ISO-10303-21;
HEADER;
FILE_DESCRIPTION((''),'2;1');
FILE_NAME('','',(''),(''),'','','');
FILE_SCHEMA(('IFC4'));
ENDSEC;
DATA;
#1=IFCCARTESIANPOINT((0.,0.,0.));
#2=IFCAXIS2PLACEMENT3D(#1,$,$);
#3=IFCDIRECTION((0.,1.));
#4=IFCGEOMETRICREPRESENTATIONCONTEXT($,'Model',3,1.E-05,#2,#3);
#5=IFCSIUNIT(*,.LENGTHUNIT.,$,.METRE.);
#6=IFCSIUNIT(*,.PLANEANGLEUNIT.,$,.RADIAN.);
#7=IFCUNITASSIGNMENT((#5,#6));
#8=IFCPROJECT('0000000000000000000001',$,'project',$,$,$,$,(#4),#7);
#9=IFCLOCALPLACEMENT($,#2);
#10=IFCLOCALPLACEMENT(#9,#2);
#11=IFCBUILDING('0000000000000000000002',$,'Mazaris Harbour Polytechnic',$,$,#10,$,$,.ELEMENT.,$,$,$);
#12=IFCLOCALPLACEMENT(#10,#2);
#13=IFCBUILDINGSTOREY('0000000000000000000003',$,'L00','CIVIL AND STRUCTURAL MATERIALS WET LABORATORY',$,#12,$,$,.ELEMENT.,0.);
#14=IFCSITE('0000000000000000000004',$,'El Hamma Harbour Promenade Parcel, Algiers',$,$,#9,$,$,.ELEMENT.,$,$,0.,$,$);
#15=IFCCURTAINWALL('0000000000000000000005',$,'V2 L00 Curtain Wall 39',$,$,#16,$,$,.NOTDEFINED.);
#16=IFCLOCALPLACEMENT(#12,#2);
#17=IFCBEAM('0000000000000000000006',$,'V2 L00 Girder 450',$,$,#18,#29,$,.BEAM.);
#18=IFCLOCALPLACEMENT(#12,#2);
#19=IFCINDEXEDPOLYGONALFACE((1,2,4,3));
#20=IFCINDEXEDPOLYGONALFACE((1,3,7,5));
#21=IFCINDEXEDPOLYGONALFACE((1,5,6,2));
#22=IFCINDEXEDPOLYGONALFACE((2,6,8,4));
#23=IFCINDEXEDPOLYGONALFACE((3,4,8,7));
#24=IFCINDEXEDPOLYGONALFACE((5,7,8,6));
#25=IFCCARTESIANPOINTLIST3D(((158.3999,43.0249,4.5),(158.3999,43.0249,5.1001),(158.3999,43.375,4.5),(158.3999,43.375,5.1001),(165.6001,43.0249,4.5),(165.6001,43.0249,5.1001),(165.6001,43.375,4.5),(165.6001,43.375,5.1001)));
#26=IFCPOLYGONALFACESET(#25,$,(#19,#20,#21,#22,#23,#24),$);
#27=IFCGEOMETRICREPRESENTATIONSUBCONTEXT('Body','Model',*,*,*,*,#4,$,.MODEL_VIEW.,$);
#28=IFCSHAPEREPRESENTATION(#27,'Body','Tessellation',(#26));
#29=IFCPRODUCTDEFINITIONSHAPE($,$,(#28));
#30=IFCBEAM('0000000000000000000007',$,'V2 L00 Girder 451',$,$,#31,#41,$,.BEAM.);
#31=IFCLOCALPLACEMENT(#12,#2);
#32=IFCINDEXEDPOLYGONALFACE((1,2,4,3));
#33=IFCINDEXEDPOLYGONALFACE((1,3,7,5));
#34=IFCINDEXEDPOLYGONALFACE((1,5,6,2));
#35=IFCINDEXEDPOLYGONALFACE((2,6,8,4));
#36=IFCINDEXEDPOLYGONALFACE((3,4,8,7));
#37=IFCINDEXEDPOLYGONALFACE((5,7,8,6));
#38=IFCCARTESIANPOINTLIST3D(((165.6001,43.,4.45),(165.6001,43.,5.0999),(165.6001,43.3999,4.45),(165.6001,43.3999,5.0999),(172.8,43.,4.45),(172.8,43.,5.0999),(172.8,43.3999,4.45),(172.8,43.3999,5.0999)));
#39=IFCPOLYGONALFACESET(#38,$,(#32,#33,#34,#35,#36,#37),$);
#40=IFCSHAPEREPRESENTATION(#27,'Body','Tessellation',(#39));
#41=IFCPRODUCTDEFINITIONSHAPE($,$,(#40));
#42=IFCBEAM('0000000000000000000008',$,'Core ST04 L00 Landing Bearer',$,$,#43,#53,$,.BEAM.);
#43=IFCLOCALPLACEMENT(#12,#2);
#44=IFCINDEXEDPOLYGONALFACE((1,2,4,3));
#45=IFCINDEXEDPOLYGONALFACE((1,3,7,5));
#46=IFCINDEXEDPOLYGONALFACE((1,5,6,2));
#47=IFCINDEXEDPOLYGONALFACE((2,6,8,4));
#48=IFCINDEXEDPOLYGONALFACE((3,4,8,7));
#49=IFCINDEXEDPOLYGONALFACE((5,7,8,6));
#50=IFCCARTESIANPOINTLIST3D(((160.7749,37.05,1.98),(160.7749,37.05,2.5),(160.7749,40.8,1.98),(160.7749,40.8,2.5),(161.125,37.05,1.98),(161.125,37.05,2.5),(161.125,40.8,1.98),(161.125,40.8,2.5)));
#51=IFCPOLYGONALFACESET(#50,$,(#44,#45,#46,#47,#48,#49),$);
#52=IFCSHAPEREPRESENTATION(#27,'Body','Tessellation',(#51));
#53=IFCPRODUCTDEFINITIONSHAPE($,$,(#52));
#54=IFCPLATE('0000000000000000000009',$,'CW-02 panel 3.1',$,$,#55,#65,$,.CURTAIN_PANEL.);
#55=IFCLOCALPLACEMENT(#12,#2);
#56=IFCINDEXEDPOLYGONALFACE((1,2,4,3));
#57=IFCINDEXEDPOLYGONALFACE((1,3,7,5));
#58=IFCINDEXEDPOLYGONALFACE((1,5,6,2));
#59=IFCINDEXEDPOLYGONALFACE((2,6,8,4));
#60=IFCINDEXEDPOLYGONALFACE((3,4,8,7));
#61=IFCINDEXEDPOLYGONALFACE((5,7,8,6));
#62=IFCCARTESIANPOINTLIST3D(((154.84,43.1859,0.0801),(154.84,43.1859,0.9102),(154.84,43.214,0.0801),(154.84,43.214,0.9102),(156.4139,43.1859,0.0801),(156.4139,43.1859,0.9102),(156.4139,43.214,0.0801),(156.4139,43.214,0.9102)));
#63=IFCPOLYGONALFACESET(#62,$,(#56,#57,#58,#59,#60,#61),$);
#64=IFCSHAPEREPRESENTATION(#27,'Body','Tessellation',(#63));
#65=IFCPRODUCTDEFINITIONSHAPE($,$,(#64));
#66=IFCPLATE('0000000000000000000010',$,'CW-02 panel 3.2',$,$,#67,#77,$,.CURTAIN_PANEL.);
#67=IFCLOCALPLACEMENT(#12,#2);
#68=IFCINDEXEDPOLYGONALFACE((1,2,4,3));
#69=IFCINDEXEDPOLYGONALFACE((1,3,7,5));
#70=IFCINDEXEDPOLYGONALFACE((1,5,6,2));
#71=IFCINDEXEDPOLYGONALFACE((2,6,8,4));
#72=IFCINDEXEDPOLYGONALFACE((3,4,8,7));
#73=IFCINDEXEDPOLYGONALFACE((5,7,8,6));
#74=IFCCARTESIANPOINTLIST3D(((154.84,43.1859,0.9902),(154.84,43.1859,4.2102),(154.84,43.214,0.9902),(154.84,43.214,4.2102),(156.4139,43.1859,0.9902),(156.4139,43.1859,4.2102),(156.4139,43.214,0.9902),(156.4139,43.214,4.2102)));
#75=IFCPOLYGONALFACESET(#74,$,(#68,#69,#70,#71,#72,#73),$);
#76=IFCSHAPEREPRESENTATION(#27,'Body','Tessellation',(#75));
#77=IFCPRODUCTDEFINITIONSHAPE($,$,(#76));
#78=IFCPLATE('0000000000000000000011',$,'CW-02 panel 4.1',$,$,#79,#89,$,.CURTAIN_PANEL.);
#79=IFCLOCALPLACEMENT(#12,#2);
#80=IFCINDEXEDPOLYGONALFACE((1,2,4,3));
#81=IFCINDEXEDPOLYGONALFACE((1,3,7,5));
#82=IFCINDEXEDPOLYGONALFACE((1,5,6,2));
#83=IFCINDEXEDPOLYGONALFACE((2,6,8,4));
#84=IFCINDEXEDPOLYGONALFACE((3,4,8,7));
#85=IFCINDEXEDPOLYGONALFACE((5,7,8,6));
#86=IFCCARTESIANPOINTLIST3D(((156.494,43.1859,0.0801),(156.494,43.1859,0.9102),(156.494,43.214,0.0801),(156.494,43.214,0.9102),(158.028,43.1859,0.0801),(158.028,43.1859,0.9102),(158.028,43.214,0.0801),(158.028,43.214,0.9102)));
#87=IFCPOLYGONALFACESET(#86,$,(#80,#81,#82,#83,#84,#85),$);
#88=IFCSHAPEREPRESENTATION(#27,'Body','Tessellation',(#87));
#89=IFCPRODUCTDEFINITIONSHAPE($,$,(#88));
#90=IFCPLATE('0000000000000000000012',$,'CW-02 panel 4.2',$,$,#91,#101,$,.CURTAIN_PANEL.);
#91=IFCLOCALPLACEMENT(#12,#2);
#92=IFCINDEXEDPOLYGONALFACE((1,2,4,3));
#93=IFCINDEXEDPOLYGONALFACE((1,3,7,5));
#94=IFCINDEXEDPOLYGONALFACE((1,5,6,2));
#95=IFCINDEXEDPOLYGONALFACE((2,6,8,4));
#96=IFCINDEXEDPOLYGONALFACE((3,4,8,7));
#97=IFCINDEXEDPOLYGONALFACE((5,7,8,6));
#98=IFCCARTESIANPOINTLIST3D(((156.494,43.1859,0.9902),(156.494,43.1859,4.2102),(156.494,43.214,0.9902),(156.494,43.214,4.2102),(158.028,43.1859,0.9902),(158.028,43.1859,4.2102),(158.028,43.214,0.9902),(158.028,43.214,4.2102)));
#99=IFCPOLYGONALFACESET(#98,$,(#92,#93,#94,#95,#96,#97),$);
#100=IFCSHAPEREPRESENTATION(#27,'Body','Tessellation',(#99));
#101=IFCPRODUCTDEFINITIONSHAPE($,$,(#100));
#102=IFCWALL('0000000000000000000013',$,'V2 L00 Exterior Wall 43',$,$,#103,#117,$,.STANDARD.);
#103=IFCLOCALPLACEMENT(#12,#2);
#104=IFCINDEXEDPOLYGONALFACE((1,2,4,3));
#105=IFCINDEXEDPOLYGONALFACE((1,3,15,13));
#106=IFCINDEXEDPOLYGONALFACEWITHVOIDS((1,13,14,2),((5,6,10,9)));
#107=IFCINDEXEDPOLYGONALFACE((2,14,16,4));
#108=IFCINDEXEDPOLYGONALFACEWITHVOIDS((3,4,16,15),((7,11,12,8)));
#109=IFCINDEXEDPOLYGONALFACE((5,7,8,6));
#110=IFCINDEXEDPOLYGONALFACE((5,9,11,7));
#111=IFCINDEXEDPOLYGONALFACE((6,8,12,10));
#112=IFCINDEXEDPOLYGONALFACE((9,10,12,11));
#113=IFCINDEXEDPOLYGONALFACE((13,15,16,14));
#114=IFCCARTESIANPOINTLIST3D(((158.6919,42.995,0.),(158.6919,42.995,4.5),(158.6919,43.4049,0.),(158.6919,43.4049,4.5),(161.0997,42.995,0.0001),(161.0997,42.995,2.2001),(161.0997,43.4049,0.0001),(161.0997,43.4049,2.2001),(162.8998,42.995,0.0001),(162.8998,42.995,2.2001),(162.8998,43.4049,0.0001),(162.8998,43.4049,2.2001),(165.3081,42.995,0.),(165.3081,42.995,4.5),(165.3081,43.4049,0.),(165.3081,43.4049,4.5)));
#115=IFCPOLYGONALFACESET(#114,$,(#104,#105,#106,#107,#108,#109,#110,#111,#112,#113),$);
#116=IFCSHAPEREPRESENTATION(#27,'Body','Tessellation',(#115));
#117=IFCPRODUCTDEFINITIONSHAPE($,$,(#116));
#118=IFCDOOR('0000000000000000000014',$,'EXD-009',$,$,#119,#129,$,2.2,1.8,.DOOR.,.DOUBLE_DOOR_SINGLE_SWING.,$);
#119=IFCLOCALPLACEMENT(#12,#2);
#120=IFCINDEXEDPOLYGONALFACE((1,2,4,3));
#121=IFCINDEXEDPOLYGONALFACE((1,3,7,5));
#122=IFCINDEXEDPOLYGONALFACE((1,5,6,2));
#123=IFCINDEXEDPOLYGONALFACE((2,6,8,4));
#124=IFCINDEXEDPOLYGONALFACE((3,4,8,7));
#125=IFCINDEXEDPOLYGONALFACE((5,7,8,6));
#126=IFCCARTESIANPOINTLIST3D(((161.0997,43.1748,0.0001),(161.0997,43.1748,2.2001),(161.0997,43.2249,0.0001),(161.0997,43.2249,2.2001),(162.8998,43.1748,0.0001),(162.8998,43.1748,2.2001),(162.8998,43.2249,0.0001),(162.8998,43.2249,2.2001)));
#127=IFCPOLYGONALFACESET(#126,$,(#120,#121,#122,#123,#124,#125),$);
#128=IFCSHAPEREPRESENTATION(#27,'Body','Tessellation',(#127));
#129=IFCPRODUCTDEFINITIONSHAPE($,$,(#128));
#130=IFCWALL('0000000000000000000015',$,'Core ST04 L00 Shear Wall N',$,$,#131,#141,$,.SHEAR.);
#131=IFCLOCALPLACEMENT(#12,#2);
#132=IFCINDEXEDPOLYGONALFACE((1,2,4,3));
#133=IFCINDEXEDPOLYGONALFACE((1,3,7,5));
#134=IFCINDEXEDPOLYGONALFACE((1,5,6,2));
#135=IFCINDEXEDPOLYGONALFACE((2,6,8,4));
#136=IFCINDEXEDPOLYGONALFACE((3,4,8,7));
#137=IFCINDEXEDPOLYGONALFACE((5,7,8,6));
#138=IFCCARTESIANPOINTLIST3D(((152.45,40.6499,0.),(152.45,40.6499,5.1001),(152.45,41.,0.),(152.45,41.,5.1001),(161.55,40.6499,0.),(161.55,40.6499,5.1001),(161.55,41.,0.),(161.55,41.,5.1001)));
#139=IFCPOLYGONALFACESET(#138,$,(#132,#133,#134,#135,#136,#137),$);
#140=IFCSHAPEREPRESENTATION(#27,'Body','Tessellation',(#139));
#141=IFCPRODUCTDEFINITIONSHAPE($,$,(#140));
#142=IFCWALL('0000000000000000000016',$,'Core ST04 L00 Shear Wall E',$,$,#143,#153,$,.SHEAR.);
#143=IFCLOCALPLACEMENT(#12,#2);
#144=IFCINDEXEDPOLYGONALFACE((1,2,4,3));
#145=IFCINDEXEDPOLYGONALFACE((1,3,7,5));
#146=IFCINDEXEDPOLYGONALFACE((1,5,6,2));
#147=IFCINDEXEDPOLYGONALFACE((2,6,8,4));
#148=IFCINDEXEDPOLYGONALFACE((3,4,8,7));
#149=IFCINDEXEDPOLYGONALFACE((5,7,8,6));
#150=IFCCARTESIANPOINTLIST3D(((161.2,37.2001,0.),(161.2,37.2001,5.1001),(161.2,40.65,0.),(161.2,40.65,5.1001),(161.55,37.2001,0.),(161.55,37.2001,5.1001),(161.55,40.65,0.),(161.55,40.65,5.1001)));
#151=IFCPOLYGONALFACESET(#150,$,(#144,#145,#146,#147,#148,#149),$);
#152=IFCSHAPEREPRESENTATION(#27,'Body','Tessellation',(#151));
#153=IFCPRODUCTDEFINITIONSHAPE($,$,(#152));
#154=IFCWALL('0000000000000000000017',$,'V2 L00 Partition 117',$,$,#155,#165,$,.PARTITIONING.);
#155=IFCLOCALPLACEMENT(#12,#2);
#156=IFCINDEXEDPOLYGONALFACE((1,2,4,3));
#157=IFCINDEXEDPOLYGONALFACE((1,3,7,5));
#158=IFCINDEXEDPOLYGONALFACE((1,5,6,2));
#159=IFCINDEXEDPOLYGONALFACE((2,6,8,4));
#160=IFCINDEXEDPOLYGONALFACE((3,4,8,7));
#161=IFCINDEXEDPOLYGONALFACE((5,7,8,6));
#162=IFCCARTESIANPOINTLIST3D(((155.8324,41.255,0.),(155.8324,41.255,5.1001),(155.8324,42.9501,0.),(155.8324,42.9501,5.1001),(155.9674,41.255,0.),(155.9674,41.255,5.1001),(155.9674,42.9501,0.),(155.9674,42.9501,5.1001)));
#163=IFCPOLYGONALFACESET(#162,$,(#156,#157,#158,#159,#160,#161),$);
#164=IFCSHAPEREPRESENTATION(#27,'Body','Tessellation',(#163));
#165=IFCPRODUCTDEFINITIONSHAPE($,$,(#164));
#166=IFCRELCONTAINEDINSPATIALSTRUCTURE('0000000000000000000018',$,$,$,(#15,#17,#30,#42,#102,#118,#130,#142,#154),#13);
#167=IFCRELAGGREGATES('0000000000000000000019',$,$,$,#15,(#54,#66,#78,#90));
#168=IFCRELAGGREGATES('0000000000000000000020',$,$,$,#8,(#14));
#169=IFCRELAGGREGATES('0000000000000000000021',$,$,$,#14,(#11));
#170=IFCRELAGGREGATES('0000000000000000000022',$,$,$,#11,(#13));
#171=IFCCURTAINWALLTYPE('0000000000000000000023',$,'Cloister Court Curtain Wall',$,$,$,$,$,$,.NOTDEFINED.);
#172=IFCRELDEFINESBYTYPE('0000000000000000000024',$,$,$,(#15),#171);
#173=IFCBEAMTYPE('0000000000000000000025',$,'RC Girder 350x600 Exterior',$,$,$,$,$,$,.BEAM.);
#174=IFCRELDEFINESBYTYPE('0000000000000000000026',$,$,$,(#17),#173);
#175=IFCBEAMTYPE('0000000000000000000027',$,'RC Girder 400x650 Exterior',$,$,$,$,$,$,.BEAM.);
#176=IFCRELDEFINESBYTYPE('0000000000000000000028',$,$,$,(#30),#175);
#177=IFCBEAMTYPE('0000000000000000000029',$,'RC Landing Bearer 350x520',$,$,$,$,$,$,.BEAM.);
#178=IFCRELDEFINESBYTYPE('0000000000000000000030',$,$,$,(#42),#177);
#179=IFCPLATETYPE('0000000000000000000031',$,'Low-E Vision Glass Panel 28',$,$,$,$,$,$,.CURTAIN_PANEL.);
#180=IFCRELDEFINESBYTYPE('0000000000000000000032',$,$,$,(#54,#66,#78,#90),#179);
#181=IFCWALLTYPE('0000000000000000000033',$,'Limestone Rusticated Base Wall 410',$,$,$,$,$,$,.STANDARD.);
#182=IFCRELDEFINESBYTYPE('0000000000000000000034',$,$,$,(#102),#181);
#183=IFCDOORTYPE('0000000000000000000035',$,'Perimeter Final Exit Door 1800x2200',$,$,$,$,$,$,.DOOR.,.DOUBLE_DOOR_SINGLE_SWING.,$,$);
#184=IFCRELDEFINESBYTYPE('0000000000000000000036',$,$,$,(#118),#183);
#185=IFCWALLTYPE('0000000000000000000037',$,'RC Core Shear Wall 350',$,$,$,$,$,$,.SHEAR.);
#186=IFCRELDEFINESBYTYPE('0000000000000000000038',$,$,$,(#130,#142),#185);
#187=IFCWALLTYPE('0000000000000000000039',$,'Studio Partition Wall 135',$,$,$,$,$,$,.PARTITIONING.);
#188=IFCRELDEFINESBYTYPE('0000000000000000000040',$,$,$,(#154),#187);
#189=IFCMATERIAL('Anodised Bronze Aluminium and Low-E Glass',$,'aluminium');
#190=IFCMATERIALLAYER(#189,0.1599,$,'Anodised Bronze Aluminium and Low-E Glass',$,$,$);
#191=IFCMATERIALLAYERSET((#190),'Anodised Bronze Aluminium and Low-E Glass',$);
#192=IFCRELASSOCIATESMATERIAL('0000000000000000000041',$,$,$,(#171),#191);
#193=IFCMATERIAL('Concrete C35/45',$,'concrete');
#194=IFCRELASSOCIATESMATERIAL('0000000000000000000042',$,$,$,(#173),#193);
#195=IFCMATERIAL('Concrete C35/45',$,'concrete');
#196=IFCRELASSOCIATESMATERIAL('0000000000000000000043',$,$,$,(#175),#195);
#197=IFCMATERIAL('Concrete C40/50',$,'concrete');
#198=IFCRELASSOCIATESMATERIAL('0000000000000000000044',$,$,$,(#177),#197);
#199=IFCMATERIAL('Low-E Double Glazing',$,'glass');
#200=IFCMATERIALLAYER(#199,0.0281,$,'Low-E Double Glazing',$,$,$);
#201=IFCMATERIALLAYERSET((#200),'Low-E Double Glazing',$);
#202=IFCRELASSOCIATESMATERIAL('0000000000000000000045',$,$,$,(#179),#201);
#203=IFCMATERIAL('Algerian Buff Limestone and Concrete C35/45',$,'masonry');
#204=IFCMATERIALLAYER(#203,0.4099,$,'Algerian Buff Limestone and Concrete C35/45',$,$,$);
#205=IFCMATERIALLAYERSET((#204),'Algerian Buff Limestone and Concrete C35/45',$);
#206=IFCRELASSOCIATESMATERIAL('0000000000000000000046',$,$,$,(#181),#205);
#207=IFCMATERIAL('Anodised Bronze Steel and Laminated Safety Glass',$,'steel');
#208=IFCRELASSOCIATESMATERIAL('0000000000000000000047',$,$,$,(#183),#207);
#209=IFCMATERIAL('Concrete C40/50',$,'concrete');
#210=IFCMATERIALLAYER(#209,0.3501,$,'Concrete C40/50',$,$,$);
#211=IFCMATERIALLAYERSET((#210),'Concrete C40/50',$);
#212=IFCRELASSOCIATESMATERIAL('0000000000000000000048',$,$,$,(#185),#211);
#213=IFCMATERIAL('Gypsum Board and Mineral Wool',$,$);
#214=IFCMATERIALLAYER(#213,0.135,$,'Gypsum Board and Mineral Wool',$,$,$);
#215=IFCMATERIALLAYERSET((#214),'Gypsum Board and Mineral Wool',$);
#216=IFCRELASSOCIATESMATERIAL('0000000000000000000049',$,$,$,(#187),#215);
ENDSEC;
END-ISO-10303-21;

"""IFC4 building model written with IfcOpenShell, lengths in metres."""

from ifc_helpers import new_model, si_unit, direction, frame, frame_2d, origin, origin_2d, place, context, subcontext, project, spatial, rectangle, extrude, material, layer, layer_set, material_profile, profile_set, type_object, element, fill, aggregate, save


model = new_model("IFC4")

# Units and contexts
model_context = context("Model", 3, precision=1e-05, world=origin(), true_north=direction((0.0, 1.0)))
body_context = subcontext(model_context, "Body", "Model", "MODEL_VIEW")
ifc_project = project(units=[si_unit("LENGTHUNIT", "METRE"), si_unit("PLANEANGLEUNIT", "RADIAN")], contexts=[model_context])

# Site, building, storey
site_placement = place(None, origin())
site = spatial("IfcSite", under=ifc_project, at=site_placement, Name="El Hamma Harbour Promenade Parcel, Algiers", CompositionType="ELEMENT", RefElevation=0.0)
building_placement = place(site_placement, origin())
building = spatial("IfcBuilding", under=site, at=building_placement, Name="Mazaris Harbour Polytechnic", CompositionType="ELEMENT")
storey_placement = place(building_placement, origin())
storey = spatial("IfcBuildingStorey", under=building, at=storey_placement, Name="L00", Description="CIVIL AND STRUCTURAL MATERIALS WET LABORATORY", CompositionType="ELEMENT", Elevation=0.0)

# Curtain wall
ifc_material_1 = material(Name="Anodised Bronze Aluminium and Low-E Glass", Category="aluminium")
ifc_layer_1 = layer(ifc_material_1, 0.1599, Name="Anodised Bronze Aluminium and Low-E Glass")
ifc_layer_set_1 = layer_set([ifc_layer_1], Name="Anodised Bronze Aluminium and Low-E Glass")
curtain_wall_type = type_object("IfcCurtainWallType", Name="Cloister Court Curtain Wall", PredefinedType="NOTDEFINED", material=ifc_layer_set_1)
curtain_wall_placement = place(storey_placement, origin())
curtain_wall = element("IfcCurtainWall", 1, at=curtain_wall_placement, inside=storey, type_object=curtain_wall_type, Name="V2 L00 Curtain Wall 39", PredefinedType="NOTDEFINED")

# Beams
ifc_material_2 = material(Name="Concrete C35/45", Category="concrete")
ifc_material_profile_1 = material_profile(ifc_material_2, rectangle(XDim=0.3501, YDim=0.6001, at=origin_2d()), Name="RECT350x600")
ifc_profile_set_1 = profile_set([ifc_material_profile_1], Name="Concrete C35/45")
beam_type_1 = type_object("IfcBeamType", Name="RC Girder 350x600 Exterior", PredefinedType="BEAM", material=ifc_profile_set_1)
beam_1_placement = place(storey_placement, frame((158.3999, 43.2, 4.8), z_axis=(1.0, 0.0, 0.0), x_axis=(0.0, 1.0, 0.0)))
element("IfcBeam", 2, at=beam_1_placement, inside=storey, type_object=beam_type_1, Name="V2 L00 Girder 450", PredefinedType="BEAM", context=body_context, shape_type="SweptSolid", body=[
    extrude(rectangle(XDim=0.3501, YDim=0.6001, at=origin_2d()), origin(), (0.0, 0.0, 1.0), 7.2002),
])
ifc_material_3 = material(Name="Concrete C35/45", Category="concrete")
ifc_material_profile_2 = material_profile(ifc_material_3, rectangle(XDim=0.3999, YDim=0.6499, at=origin_2d()), Name="RECT400x650")
ifc_profile_set_2 = profile_set([ifc_material_profile_2], Name="Concrete C35/45")
beam_type_2 = type_object("IfcBeamType", Name="RC Girder 400x650 Exterior", PredefinedType="BEAM", material=ifc_profile_set_2)
beam_2_placement = place(storey_placement, frame((165.6001, 43.2, 4.7749), z_axis=(1.0, 0.0, 0.0), x_axis=(0.0, 1.0, 0.0)))
element("IfcBeam", 3, at=beam_2_placement, inside=storey, type_object=beam_type_2, Name="V2 L00 Girder 451", PredefinedType="BEAM", context=body_context, shape_type="SweptSolid", body=[
    extrude(rectangle(XDim=0.3999, YDim=0.6499, at=origin_2d()), origin(), (0.0, 0.0, 1.0), 7.2),
])
ifc_material_4 = material(Name="Concrete C40/50", Category="concrete")
ifc_material_profile_3 = material_profile(ifc_material_4, rectangle(XDim=0.3501, YDim=0.52, at=origin_2d()), Name="RECT350x520")
ifc_profile_set_3 = profile_set([ifc_material_profile_3], Name="Concrete C40/50")
beam_type_3 = type_object("IfcBeamType", Name="RC Landing Bearer 350x520", PredefinedType="BEAM", material=ifc_profile_set_3)
beam_3_placement = place(storey_placement, frame((160.95, 37.05, 2.24), z_axis=(0.0, 1.0, 0.0), x_axis=(-1.0, 0.0, 0.0)))
element("IfcBeam", 4, at=beam_3_placement, inside=storey, type_object=beam_type_3, Name="Core ST04 L00 Landing Bearer", PredefinedType="BEAM", context=body_context, shape_type="SweptSolid", body=[
    extrude(rectangle(XDim=0.3501, YDim=0.52, at=origin_2d()), origin(), (0.0, 0.0, 1.0), 3.75),
])

# Plates
ifc_material_5 = material(Name="Low-E Double Glazing", Category="glass")
ifc_layer_2 = layer(ifc_material_5, 0.0281, Name="Low-E Double Glazing")
ifc_layer_set_2 = layer_set([ifc_layer_2], Name="Low-E Double Glazing")
plate_type = type_object("IfcPlateType", Name="Low-E Vision Glass Panel 28", PredefinedType="CURTAIN_PANEL", material=ifc_layer_set_2)
plate_1_placement = place(storey_placement, frame((155.627, 43.2, 0.0801), z_axis=(0.0, 0.0, 1.0), x_axis=(1.0, 0.0, 0.0)))
plate_1 = element("IfcPlate", 5, at=plate_1_placement, type_object=plate_type, Name="CW-02 panel 3.1", PredefinedType="CURTAIN_PANEL", context=body_context, shape_type="SweptSolid", body=[
    extrude(rectangle(XDim=1.574, YDim=0.0281, at=origin_2d()), origin(), (0.0, 0.0, 1.0), 0.8301),
])
plate_2_placement = place(storey_placement, frame((155.627, 43.2, 0.9902), z_axis=(0.0, 0.0, 1.0), x_axis=(1.0, 0.0, 0.0)))
plate_2 = element("IfcPlate", 6, at=plate_2_placement, type_object=plate_type, Name="CW-02 panel 3.2", PredefinedType="CURTAIN_PANEL", context=body_context, shape_type="SweptSolid", body=[
    extrude(rectangle(XDim=1.574, YDim=0.0281, at=origin_2d()), origin(), (0.0, 0.0, 1.0), 3.22),
])
plate_3_placement = place(storey_placement, frame((157.261, 43.2, 0.0801), z_axis=(0.0, 0.0, 1.0), x_axis=(1.0, 0.0, 0.0)))
plate_3 = element("IfcPlate", 7, at=plate_3_placement, type_object=plate_type, Name="CW-02 panel 4.1", PredefinedType="CURTAIN_PANEL", context=body_context, shape_type="SweptSolid", body=[
    extrude(rectangle(XDim=1.5339, YDim=0.0281, at=origin_2d()), origin(), (0.0, 0.0, 1.0), 0.8301),
])
plate_4_placement = place(storey_placement, frame((157.261, 43.2, 0.9902), z_axis=(0.0, 0.0, 1.0), x_axis=(1.0, 0.0, 0.0)))
plate_4 = element("IfcPlate", 8, at=plate_4_placement, type_object=plate_type, Name="CW-02 panel 4.2", PredefinedType="CURTAIN_PANEL", context=body_context, shape_type="SweptSolid", body=[
    extrude(rectangle(XDim=1.5339, YDim=0.0281, at=origin_2d()), origin(), (0.0, 0.0, 1.0), 3.22),
])
aggregate(curtain_wall, [plate_1, plate_2, plate_3, plate_4])

# Wall, opening, door
ifc_material_6 = material(Name="Algerian Buff Limestone and Concrete C35/45", Category="masonry")
ifc_layer_3 = layer(ifc_material_6, 0.4099, Name="Algerian Buff Limestone and Concrete C35/45")
ifc_layer_set_3 = layer_set([ifc_layer_3], Name="Algerian Buff Limestone and Concrete C35/45")
wall_type_1 = type_object("IfcWallType", Name="Limestone Rusticated Base Wall 410", PredefinedType="STANDARD", material=ifc_layer_set_3)
wall_1_placement = place(storey_placement, frame((158.6919, 43.2, 0.0), z_axis=(0.0, 0.0, 1.0), x_axis=(1.0, 0.0, 0.0)))
wall_1 = element("IfcWall", 9, at=wall_1_placement, inside=storey, type_object=wall_type_1, Name="V2 L00 Exterior Wall 43", PredefinedType="STANDARD", context=body_context, shape_type="SweptSolid", body=[
    extrude(rectangle(XDim=6.6162, YDim=0.4099, at=frame_2d((3.3081, 0.0))), origin(), (0.0, 0.0, 1.0), 4.5),
])
opening_placement = place(wall_1_placement, frame((2.408, 0.0, 0.0)))
opening = element("IfcOpeningElement", 10, at=opening_placement, cuts=wall_1, PredefinedType="OPENING", context=body_context, shape_type="SweptSolid", body=[
    extrude(rectangle(XDim=1.8, YDim=2.2, at=frame_2d((0.8999, 1.1001))), frame((0.0, 0.2148, 0.0), z_axis=(0.0, -1.0, 0.0), x_axis=(1.0, 0.0, 0.0)), (0.0, 0.0, 1.0), 0.4299),
])
ifc_material_7 = material(Name="Anodised Bronze Steel and Laminated Safety Glass", Category="steel")
door_type = type_object("IfcDoorType", Name="Perimeter Final Exit Door 1800x2200", OperationType="DOUBLE_DOOR_SINGLE_SWING", PredefinedType="DOOR", material=ifc_material_7)
door_placement = place(opening_placement, origin())
door = element("IfcDoor", 11, at=door_placement, inside=storey, type_object=door_type, Name="EXD-009", OperationType="DOUBLE_DOOR_SINGLE_SWING", OverallHeight=2.2, OverallWidth=1.8, PredefinedType="DOOR", context=body_context, shape_type="SweptSolid", body=[
    extrude(rectangle(XDim=1.8, YDim=2.2, at=frame_2d((0.8999, 1.1001))), frame((0.0, 0.0249, 0.0), z_axis=(0.0, -1.0, 0.0), x_axis=(1.0, 0.0, 0.0)), (0.0, 0.0, 1.0), 0.05),
])
fill(opening, door)

# Walls
ifc_material_8 = material(Name="Concrete C40/50", Category="concrete")
ifc_layer_4 = layer(ifc_material_8, 0.3501, Name="Concrete C40/50")
ifc_layer_set_4 = layer_set([ifc_layer_4], Name="Concrete C40/50")
wall_type_2 = type_object("IfcWallType", Name="RC Core Shear Wall 350", PredefinedType="SHEAR", material=ifc_layer_set_4)
wall_2_placement = place(storey_placement, frame((161.55, 40.825, 0.0), z_axis=(0.0, 0.0, 1.0), x_axis=(-1.0, 0.0, 0.0)))
element("IfcWall", 12, at=wall_2_placement, inside=storey, type_object=wall_type_2, Name="Core ST04 L00 Shear Wall N", PredefinedType="SHEAR", context=body_context, shape_type="SweptSolid", body=[
    extrude(rectangle(XDim=9.1001, YDim=0.3501, at=frame_2d((4.55, 0.0))), origin(), (0.0, 0.0, 1.0), 5.1001),
])
wall_3_placement = place(storey_placement, frame((161.375, 37.2, 0.0), z_axis=(0.0, 0.0, 1.0), x_axis=(0.0, 1.0, 0.0)))
element("IfcWall", 13, at=wall_3_placement, inside=storey, type_object=wall_type_2, Name="Core ST04 L00 Shear Wall E", PredefinedType="SHEAR", context=body_context, shape_type="SweptSolid", body=[
    extrude(rectangle(XDim=3.45, YDim=0.3501, at=frame_2d((1.7251, 0.0))), origin(), (0.0, 0.0, 1.0), 5.1001),
])
ifc_material_9 = material(Name="Gypsum Board and Mineral Wool")
ifc_layer_5 = layer(ifc_material_9, 0.135, Name="Gypsum Board and Mineral Wool")
ifc_layer_set_5 = layer_set([ifc_layer_5], Name="Gypsum Board and Mineral Wool")
wall_type_3 = type_object("IfcWallType", Name="Studio Partition Wall 135", PredefinedType="PARTITIONING", material=ifc_layer_set_5)
wall_4_placement = place(storey_placement, frame((155.8999, 41.2549, 0.0), z_axis=(0.0, 0.0, 1.0), x_axis=(0.0, 1.0, 0.0)))
element("IfcWall", 14, at=wall_4_placement, inside=storey, type_object=wall_type_3, Name="V2 L00 Partition 117", PredefinedType="PARTITIONING", context=body_context, shape_type="SweptSolid", body=[
    extrude(rectangle(XDim=1.6951, YDim=0.135, at=frame_2d((0.8477, 0.0))), origin(), (0.0, 0.0, 1.0), 5.1001),
])

save(model, "model.ifc")
